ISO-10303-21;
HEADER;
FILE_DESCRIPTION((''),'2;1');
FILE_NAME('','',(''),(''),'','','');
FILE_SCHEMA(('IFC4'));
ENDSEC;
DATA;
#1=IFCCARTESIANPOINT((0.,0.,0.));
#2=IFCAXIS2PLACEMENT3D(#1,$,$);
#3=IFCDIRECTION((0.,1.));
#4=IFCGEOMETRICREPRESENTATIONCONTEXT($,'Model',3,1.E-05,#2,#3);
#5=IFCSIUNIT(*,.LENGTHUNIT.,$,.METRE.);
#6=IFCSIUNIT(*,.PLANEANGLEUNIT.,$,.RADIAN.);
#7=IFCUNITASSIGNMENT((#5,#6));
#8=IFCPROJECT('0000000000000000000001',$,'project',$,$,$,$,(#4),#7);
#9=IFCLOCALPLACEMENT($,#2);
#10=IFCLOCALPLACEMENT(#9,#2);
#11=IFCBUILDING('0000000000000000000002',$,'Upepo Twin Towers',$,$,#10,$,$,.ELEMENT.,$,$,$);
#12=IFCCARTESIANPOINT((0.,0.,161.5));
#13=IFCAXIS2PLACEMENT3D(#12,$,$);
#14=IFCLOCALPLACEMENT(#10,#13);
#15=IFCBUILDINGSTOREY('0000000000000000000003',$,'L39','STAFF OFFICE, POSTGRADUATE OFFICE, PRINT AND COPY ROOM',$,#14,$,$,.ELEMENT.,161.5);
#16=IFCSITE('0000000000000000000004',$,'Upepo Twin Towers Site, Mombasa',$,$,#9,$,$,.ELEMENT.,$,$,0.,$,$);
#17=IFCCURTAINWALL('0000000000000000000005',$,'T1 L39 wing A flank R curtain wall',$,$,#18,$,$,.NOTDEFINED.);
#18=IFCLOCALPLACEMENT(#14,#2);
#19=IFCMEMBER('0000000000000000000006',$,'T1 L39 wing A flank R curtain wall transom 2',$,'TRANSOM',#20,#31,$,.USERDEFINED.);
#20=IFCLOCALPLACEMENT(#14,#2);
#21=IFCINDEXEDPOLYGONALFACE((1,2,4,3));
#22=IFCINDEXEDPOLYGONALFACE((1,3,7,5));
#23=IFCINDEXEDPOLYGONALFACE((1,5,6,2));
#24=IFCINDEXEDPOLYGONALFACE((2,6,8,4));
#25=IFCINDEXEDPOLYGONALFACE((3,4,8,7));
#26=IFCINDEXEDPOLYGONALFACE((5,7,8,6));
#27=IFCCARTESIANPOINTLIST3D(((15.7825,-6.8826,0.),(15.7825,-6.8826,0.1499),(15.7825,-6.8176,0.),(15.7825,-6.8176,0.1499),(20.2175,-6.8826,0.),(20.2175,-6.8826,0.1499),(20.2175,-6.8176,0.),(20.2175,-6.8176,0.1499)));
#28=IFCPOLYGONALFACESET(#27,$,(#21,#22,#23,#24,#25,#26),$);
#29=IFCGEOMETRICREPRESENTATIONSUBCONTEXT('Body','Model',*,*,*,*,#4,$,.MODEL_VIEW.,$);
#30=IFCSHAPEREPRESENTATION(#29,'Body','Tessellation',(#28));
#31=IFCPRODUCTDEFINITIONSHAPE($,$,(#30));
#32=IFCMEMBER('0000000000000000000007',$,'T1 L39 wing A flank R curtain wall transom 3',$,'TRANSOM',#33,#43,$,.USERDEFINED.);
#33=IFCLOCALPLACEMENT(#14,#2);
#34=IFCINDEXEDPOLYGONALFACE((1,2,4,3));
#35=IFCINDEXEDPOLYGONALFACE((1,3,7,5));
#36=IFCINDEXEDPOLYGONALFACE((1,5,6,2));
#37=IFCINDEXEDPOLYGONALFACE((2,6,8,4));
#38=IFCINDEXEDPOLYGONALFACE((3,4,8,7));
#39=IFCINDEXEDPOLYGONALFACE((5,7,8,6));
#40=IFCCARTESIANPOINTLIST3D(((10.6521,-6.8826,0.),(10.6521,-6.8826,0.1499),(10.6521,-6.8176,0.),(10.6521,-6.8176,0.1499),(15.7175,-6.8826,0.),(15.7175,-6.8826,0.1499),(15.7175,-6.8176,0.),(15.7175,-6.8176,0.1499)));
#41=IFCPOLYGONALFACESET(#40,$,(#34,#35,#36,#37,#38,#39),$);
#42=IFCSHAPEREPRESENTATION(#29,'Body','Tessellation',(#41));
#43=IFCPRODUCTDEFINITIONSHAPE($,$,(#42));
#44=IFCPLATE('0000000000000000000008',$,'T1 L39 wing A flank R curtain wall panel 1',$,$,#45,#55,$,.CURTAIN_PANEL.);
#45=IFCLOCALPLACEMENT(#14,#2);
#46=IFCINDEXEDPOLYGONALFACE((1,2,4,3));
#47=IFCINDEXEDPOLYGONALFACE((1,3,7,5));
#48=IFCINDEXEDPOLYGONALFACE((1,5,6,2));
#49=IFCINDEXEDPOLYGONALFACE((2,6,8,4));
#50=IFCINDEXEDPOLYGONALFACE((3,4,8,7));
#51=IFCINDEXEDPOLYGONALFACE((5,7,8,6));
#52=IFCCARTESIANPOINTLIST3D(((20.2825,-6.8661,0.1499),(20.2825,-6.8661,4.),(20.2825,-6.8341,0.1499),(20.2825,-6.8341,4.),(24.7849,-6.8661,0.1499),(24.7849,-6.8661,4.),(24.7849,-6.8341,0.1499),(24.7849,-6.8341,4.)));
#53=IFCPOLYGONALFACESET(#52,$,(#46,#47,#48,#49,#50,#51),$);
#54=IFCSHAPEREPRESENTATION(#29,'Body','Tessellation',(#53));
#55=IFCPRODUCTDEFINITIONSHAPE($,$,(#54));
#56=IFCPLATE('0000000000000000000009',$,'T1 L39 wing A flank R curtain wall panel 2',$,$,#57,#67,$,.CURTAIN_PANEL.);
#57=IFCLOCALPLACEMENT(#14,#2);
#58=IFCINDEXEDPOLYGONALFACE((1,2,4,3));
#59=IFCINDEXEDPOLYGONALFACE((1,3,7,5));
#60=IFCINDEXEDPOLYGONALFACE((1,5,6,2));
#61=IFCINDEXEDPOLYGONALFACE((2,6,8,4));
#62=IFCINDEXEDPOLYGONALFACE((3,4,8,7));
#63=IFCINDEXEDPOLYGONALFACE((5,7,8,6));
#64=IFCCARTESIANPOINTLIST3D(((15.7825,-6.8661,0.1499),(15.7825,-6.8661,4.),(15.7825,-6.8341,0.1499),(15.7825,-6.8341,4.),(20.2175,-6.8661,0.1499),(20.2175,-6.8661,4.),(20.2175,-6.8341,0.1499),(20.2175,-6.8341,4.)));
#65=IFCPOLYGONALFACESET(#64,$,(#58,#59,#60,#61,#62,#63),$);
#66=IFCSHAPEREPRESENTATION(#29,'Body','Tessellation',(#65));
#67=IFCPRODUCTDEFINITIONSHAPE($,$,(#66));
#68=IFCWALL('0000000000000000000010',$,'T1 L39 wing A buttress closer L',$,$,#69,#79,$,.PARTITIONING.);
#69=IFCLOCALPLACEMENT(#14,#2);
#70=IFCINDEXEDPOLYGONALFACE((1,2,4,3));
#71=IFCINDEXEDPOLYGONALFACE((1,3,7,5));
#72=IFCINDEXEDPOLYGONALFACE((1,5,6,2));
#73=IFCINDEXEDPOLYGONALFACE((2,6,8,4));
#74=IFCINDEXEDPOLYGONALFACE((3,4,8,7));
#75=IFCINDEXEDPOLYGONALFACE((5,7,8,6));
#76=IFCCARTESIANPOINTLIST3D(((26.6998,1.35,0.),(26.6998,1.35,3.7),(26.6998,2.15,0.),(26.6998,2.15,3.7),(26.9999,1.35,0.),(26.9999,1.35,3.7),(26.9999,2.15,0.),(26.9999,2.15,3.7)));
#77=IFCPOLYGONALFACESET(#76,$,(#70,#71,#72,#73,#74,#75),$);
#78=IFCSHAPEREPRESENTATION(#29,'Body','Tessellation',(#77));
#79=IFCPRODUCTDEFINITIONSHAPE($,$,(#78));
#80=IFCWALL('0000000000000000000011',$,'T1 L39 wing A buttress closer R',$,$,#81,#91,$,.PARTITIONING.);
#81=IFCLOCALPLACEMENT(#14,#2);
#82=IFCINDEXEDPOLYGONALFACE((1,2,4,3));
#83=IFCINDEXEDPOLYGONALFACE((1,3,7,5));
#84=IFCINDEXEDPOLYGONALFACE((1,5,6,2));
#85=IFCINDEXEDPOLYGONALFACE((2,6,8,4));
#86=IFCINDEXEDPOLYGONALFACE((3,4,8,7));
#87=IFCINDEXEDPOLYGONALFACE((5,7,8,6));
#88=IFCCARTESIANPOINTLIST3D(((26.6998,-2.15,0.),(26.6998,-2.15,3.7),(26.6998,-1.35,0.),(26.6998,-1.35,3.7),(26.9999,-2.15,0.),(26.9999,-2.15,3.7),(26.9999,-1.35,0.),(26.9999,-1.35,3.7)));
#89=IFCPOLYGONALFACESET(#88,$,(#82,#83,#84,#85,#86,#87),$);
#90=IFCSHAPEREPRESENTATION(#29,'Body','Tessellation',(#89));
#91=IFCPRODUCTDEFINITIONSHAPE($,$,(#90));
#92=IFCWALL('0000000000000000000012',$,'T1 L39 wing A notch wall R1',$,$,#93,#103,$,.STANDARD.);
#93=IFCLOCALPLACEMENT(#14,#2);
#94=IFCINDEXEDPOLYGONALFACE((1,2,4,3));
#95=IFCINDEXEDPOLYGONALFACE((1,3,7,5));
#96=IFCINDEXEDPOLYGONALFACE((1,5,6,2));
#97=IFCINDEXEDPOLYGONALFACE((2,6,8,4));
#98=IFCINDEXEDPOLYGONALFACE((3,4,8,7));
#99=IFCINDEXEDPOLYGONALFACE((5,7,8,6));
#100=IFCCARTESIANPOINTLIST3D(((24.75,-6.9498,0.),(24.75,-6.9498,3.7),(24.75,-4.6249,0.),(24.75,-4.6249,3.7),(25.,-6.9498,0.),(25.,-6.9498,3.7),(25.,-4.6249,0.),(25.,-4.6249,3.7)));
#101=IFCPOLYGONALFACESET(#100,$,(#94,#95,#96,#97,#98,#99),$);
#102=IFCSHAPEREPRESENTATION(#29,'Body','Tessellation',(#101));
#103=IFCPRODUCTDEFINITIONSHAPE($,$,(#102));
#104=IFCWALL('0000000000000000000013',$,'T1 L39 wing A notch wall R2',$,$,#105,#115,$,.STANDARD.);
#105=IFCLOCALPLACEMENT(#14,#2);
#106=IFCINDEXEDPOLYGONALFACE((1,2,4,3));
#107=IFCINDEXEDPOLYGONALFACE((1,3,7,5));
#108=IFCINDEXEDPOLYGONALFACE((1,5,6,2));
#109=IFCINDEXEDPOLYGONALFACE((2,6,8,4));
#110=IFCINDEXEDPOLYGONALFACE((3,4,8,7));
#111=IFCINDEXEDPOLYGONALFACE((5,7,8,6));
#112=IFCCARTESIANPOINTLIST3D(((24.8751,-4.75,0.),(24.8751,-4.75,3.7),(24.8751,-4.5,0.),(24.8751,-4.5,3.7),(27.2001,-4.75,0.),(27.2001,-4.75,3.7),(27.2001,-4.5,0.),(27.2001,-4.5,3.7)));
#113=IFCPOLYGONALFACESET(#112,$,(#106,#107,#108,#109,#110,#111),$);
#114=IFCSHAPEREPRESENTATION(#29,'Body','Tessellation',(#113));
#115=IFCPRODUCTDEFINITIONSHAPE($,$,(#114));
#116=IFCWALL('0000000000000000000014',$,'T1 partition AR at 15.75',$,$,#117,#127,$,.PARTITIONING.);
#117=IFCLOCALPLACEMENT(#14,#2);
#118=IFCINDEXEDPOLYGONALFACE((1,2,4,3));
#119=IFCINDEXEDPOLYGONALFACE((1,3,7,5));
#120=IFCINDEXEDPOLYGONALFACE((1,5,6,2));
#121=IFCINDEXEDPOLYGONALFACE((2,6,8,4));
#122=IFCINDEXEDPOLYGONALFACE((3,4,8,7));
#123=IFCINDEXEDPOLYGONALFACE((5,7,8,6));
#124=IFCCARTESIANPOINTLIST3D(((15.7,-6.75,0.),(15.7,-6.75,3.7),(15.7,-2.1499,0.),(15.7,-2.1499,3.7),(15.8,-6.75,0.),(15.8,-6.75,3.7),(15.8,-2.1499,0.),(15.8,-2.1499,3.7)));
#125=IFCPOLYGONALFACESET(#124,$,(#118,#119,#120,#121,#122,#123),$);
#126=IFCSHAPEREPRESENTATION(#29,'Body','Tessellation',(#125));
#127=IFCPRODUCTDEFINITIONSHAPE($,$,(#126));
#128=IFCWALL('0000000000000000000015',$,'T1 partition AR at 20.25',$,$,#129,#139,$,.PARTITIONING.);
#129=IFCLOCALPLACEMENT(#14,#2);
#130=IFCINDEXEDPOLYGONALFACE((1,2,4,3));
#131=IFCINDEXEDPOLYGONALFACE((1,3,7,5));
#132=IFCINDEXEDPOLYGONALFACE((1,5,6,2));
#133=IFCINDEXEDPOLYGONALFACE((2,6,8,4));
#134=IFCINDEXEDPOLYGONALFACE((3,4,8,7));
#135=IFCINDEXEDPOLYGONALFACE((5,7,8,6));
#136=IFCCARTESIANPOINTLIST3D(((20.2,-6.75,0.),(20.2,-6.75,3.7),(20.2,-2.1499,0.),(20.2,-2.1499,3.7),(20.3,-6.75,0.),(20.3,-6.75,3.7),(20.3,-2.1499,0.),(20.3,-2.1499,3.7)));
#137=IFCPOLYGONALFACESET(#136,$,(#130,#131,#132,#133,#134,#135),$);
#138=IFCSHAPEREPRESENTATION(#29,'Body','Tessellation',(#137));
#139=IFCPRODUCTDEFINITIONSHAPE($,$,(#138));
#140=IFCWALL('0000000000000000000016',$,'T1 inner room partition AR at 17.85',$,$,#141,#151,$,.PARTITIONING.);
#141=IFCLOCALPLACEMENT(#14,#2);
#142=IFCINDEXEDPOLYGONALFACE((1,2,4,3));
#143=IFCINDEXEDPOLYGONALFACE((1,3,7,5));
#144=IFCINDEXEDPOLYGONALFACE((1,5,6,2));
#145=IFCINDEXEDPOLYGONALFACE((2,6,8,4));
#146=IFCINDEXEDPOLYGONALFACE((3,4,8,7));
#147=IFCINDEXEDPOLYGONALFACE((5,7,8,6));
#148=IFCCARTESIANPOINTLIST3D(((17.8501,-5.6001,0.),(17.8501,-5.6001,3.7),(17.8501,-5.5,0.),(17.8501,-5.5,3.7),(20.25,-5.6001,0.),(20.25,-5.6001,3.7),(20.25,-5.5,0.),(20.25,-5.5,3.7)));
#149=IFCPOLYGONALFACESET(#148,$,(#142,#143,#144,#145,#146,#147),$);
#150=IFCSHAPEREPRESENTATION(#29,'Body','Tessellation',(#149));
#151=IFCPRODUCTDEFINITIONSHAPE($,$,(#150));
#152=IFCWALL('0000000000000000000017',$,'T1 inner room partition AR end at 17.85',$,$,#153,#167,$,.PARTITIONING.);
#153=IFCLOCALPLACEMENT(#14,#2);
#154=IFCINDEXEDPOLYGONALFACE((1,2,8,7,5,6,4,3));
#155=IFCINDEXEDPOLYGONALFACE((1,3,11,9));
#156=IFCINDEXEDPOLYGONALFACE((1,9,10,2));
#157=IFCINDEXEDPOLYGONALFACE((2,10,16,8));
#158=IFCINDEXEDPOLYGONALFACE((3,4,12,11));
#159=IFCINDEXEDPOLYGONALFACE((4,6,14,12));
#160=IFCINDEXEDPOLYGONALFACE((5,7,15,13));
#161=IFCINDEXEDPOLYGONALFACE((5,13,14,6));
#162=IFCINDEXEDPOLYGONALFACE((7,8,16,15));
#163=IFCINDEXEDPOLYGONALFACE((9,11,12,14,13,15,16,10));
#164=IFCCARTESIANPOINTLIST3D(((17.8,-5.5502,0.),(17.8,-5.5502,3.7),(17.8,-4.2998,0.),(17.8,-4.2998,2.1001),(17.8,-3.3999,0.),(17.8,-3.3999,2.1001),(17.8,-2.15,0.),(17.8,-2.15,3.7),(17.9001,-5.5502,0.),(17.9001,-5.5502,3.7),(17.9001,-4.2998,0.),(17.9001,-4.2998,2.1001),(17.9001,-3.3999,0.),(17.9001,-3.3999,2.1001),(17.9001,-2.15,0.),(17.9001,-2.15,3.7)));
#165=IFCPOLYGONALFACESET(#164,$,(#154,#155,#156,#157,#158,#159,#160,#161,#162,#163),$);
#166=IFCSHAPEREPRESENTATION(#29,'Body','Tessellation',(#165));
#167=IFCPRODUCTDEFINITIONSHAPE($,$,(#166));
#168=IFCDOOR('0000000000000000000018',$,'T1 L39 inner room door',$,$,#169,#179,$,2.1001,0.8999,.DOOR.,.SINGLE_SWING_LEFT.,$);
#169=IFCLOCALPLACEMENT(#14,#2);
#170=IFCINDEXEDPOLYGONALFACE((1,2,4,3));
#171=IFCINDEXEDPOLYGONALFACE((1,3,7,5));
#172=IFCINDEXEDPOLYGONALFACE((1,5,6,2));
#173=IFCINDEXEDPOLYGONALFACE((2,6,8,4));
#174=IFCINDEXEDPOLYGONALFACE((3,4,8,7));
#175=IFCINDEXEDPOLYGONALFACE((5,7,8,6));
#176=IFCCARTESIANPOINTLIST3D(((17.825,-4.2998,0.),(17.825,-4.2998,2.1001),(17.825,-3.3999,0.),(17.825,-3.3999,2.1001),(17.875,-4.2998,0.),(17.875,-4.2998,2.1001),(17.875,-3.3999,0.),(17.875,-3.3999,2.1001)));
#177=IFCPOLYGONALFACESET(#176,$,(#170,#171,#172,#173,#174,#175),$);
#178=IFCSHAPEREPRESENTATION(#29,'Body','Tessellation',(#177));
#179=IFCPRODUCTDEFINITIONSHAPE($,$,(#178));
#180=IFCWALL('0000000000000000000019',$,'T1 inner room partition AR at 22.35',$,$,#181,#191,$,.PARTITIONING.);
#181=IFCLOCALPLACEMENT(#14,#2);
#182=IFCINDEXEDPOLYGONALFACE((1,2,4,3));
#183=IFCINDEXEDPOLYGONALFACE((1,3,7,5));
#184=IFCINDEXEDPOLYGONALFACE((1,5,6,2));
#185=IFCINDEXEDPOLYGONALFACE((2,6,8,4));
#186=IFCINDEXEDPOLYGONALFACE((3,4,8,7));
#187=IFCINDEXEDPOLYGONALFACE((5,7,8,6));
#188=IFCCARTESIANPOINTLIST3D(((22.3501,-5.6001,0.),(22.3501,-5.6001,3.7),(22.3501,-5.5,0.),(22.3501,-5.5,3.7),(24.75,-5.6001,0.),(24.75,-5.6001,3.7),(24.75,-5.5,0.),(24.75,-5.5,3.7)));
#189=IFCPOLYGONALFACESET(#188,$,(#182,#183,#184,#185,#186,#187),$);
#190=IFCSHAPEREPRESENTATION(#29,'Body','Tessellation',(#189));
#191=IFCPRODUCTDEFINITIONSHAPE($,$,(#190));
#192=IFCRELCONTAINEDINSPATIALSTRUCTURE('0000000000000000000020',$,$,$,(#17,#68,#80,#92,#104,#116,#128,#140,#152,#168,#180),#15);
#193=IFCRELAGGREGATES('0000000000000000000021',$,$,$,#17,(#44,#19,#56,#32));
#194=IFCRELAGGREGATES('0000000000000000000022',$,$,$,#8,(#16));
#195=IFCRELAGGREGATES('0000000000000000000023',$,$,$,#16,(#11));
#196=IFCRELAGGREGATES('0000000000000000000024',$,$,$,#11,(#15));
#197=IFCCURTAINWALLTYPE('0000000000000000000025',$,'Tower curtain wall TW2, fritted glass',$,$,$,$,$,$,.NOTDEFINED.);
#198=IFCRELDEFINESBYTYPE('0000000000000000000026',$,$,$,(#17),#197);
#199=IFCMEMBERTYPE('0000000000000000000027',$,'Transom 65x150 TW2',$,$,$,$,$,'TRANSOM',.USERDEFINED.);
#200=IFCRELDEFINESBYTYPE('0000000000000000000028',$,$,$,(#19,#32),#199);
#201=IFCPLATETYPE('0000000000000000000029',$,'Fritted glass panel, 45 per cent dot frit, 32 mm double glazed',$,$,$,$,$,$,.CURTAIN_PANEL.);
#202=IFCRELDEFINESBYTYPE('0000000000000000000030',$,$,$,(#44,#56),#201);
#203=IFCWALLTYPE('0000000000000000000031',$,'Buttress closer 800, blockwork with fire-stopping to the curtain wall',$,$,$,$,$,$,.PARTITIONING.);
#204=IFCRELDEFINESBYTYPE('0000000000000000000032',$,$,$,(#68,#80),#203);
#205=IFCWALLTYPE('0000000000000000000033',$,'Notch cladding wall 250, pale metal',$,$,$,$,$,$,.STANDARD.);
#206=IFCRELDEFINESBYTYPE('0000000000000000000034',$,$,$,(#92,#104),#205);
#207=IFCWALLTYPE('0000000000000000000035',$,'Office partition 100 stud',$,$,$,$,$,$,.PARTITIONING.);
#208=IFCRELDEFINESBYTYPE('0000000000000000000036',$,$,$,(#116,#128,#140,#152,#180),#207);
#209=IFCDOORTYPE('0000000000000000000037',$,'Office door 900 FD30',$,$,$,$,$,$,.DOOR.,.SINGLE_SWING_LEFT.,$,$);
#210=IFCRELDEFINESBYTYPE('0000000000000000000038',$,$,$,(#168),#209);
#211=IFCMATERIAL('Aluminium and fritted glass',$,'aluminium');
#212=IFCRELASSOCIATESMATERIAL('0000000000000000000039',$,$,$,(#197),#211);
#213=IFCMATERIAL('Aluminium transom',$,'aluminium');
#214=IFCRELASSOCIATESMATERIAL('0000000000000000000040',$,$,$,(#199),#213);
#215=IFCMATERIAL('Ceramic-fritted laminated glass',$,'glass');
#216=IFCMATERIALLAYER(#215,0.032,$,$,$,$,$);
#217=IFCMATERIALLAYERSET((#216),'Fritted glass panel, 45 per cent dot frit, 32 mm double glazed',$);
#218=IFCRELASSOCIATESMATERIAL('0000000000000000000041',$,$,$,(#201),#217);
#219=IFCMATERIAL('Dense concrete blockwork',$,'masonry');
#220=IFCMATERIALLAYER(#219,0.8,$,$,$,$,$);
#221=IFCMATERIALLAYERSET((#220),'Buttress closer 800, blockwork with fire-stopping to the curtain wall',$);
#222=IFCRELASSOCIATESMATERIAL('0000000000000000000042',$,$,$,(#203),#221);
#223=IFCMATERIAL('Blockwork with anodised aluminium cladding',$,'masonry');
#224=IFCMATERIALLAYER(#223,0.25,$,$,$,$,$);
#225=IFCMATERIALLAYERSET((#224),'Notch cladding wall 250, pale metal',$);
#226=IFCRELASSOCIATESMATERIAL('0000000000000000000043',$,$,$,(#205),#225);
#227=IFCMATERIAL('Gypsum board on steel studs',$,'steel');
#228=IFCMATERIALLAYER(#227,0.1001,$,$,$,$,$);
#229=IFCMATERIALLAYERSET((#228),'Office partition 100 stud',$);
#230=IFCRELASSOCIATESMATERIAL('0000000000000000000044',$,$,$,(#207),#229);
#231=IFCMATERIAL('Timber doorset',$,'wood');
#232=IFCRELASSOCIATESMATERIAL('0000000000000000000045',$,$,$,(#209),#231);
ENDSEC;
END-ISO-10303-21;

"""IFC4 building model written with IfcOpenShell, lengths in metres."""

from ifc_helpers import new_model, si_unit, direction, frame, frame_2d, origin, origin_2d, place, context, subcontext, project, spatial, rectangle, extrude, material, layer, layer_set, material_profile, profile_set, type_object, element, fill, aggregate, save


model = new_model("IFC4")

# Units and contexts
model_context = context("Model", 3, precision=1e-05, world=origin(), true_north=direction((0.0, 1.0)))
body_context = subcontext(model_context, "Body", "Model", "MODEL_VIEW")
ifc_project = project(units=[si_unit("LENGTHUNIT", "METRE"), si_unit("PLANEANGLEUNIT", "RADIAN")], contexts=[model_context])

# Site, building, storey
site_placement = place(None, origin())
site = spatial("IfcSite", under=ifc_project, at=site_placement, Name="Upepo Twin Towers Site, Mombasa", CompositionType="ELEMENT", RefElevation=0.0)
building_placement = place(site_placement, origin())
building = spatial("IfcBuilding", under=site, at=building_placement, Name="Upepo Twin Towers", CompositionType="ELEMENT")
storey_placement = place(building_placement, frame((0.0, 0.0, 161.5)))
storey = spatial("IfcBuildingStorey", under=building, at=storey_placement, Name="L39", Description="STAFF OFFICE, POSTGRADUATE OFFICE, PRINT AND COPY ROOM", CompositionType="ELEMENT", Elevation=161.5)

# Curtain wall
ifc_material_1 = material(Name="Aluminium and fritted glass", Category="aluminium")
curtain_wall_type = type_object("IfcCurtainWallType", Name="Tower curtain wall TW2, fritted glass", PredefinedType="NOTDEFINED", material=ifc_material_1)
curtain_wall_1_placement = place(storey_placement, origin())
curtain_wall_1 = element("IfcCurtainWall", 1, at=curtain_wall_1_placement, inside=storey, type_object=curtain_wall_type, Name="T1 L39 wing A flank R curtain wall", PredefinedType="NOTDEFINED")

# Members
ifc_material_2 = material(Name="Aluminium transom", Category="aluminium")
ifc_material_profile_1 = material_profile(ifc_material_2, rectangle(XDim=0.0649, YDim=0.1499, at=origin_2d()), Name="TRANSOM 65x150")
ifc_profile_set_1 = profile_set([ifc_material_profile_1], Name="Aluminium transom")
member_type_1 = type_object("IfcMemberType", Name="Transom 65x150 TW2", ElementType="TRANSOM", PredefinedType="USERDEFINED", material=ifc_profile_set_1)
member_1_placement = place(storey_placement, frame((20.2175, -6.8501, 0.075), z_axis=(-1.0, 0.0, 0.0), x_axis=(0.0, -1.0, 0.0)))
member_1 = element("IfcMember", 2, at=member_1_placement, type_object=member_type_1, Name="T1 L39 wing A flank R curtain wall transom 2", ObjectType="TRANSOM", PredefinedType="USERDEFINED", context=body_context, shape_type="SweptSolid", body=[
    extrude(rectangle(XDim=0.0649, YDim=0.1499, at=origin_2d()), origin(), (0.0, 0.0, 1.0), 4.4351),
])
member_2_placement = place(storey_placement, frame((15.7175, -6.8501, 0.075), z_axis=(-1.0, 0.0, 0.0), x_axis=(0.0, -1.0, 0.0)))
member_2 = element("IfcMember", 3, at=member_2_placement, type_object=member_type_1, Name="T1 L39 wing A flank R curtain wall transom 3", ObjectType="TRANSOM", PredefinedType="USERDEFINED", context=body_context, shape_type="SweptSolid", body=[
    extrude(rectangle(XDim=0.0649, YDim=0.1499, at=origin_2d()), origin(), (0.0, 0.0, 1.0), 5.0654),
])

# Plates
ifc_material_3 = material(Name="Ceramic-fritted laminated glass", Category="glass")
ifc_layer_1 = layer(ifc_material_3, 0.032)
ifc_layer_set_1 = layer_set([ifc_layer_1], Name="Fritted glass panel, 45 per cent dot frit, 32 mm double glazed")
plate_type = type_object("IfcPlateType", Name="Fritted glass panel, 45 per cent dot frit, 32 mm double glazed", PredefinedType="CURTAIN_PANEL", material=ifc_layer_set_1)
plate_1_placement = place(storey_placement, frame((22.5337, -6.8501, 0.1499), z_axis=(0.0, 0.0, 1.0), x_axis=(-1.0, 0.0, 0.0)))
plate_1 = element("IfcPlate", 4, at=plate_1_placement, type_object=plate_type, Name="T1 L39 wing A flank R curtain wall panel 1", PredefinedType="CURTAIN_PANEL", context=body_context, shape_type="SweptSolid", body=[
    extrude(rectangle(XDim=4.5024, YDim=0.032, at=origin_2d()), origin(), (0.0, 0.0, 1.0), 3.8501),
])
plate_2_placement = place(storey_placement, frame((18.0, -6.8501, 0.1499), z_axis=(0.0, 0.0, 1.0), x_axis=(-1.0, 0.0, 0.0)))
plate_2 = element("IfcPlate", 5, at=plate_2_placement, type_object=plate_type, Name="T1 L39 wing A flank R curtain wall panel 2", PredefinedType="CURTAIN_PANEL", context=body_context, shape_type="SweptSolid", body=[
    extrude(rectangle(XDim=4.4351, YDim=0.032, at=origin_2d()), origin(), (0.0, 0.0, 1.0), 3.8501),
])
aggregate(curtain_wall_1, [plate_1, member_1, plate_2, member_2])

# Walls
ifc_material_4 = material(Name="Dense concrete blockwork", Category="masonry")
ifc_layer_2 = layer(ifc_material_4, 0.8)
ifc_layer_set_2 = layer_set([ifc_layer_2], Name="Buttress closer 800, blockwork with fire-stopping to the curtain wall")
wall_type_1 = type_object("IfcWallType", Name="Buttress closer 800, blockwork with fire-stopping to the curtain wall", PredefinedType="PARTITIONING", material=ifc_layer_set_2)
for number, where, z_axis, x_axis, name in (
    (6, (26.7, 1.75, 0.0), (0.0, 0.0, 1.0), (1.0, 0.0, 0.0), "T1 L39 wing A buttress closer L"),
    (7, (26.7, -1.75, 0.0), (0.0, 0.0, 1.0), (1.0, 0.0, 0.0), "T1 L39 wing A buttress closer R"),
):
    element("IfcWall", number, at=place(storey_placement, frame(where, z_axis=z_axis, x_axis=x_axis)), inside=storey, type_object=wall_type_1, Name=name, PredefinedType="PARTITIONING", context=body_context, shape_type="SweptSolid", body=[
        extrude(rectangle(XDim=0.3, YDim=0.8, at=frame_2d((0.1499, 0.0))), origin(), (0.0, 0.0, 1.0), 3.7),
    ])
ifc_material_5 = material(Name="Blockwork with anodised aluminium cladding", Category="masonry")
ifc_layer_3 = layer(ifc_material_5, 0.25)
ifc_layer_set_3 = layer_set([ifc_layer_3], Name="Notch cladding wall 250, pale metal")
wall_type_2 = type_object("IfcWallType", Name="Notch cladding wall 250, pale metal", PredefinedType="STANDARD", material=ifc_layer_set_3)
for number, where, z_axis, x_axis, name in (
    (8, (24.875, -6.95, 0.0), (0.0, 0.0, 1.0), (0.0, 1.0, 0.0), "T1 L39 wing A notch wall R1"),
    (9, (24.875, -4.625, 0.0), (0.0, 0.0, 1.0), (1.0, 0.0, 0.0), "T1 L39 wing A notch wall R2"),
):
    element("IfcWall", number, at=place(storey_placement, frame(where, z_axis=z_axis, x_axis=x_axis)), inside=storey, type_object=wall_type_2, Name=name, PredefinedType="STANDARD", context=body_context, shape_type="SweptSolid", body=[
        extrude(rectangle(XDim=2.325, YDim=0.25, at=frame_2d((1.1626, 0.0))), origin(), (0.0, 0.0, 1.0), 3.7),
    ])
ifc_material_6 = material(Name="Gypsum board on steel studs", Category="steel")
ifc_layer_4 = layer(ifc_material_6, 0.1001)
ifc_layer_set_4 = layer_set([ifc_layer_4], Name="Office partition 100 stud")
wall_type_3 = type_object("IfcWallType", Name="Office partition 100 stud", PredefinedType="PARTITIONING", material=ifc_layer_set_4)
for number, where, z_axis, x_axis, name in (
    (10, (15.75, -2.1499, 0.0), (0.0, 0.0, 1.0), (0.0, -1.0, 0.0), "T1 partition AR at 15.75"),
    (11, (20.25, -2.1499, 0.0), (0.0, 0.0, 1.0), (0.0, -1.0, 0.0), "T1 partition AR at 20.25"),
):
    element("IfcWall", number, at=place(storey_placement, frame(where, z_axis=z_axis, x_axis=x_axis)), inside=storey, type_object=wall_type_3, Name=name, PredefinedType="PARTITIONING", context=body_context, shape_type="SweptSolid", body=[
        extrude(rectangle(XDim=4.6001, YDim=0.1001, at=frame_2d((2.3, 0.0))), origin(), (0.0, 0.0, 1.0), 3.7),
    ])
wall_1_placement = place(storey_placement, frame((17.8501, -5.55, 0.0), z_axis=(0.0, 0.0, 1.0), x_axis=(1.0, 0.0, 0.0)))
element("IfcWall", 12, at=wall_1_placement, inside=storey, type_object=wall_type_3, Name="T1 inner room partition AR at 17.85", PredefinedType="PARTITIONING", context=body_context, shape_type="SweptSolid", body=[
    extrude(rectangle(XDim=2.3999, YDim=0.1001, at=frame_2d((1.2, 0.0))), origin(), (0.0, 0.0, 1.0), 3.7),
])

# Wall, opening, door
wall_2_placement = place(storey_placement, frame((17.8501, -2.1499, 0.0), z_axis=(0.0, 0.0, 1.0), x_axis=(0.0, -1.0, 0.0)))
wall_2 = element("IfcWall", 13, at=wall_2_placement, inside=storey, type_object=wall_type_3, Name="T1 inner room partition AR end at 17.85", PredefinedType="PARTITIONING", context=body_context, shape_type="SweptSolid", body=[
    extrude(rectangle(XDim=3.4001, YDim=0.1001, at=frame_2d((1.7002, 0.0))), origin(), (0.0, 0.0, 1.0), 3.7),
])
opening_1_placement = place(wall_2_placement, frame((1.25, 0.0, 0.0)))
opening_1 = element("IfcOpeningElement", 14, at=opening_1_placement, cuts=wall_2, PredefinedType="OPENING", context=body_context, shape_type="SweptSolid", body=[
    extrude(rectangle(XDim=0.8999, YDim=2.1001, at=frame_2d((0.45, 1.05))), frame((0.0, 0.0601, 0.0), z_axis=(0.0, -1.0, 0.0), x_axis=(1.0, 0.0, 0.0)), (0.0, 0.0, 1.0), 0.1201),
])
ifc_material_7 = material(Name="Timber doorset", Category="wood")
door_type_1 = type_object("IfcDoorType", Name="Office door 900 FD30", OperationType="SINGLE_SWING_LEFT", PredefinedType="DOOR", material=ifc_material_7)
door_1_placement = place(opening_1_placement, origin())
door_1 = element("IfcDoor", 15, at=door_1_placement, inside=storey, type_object=door_type_1, Name="T1 L39 inner room door", OperationType="SINGLE_SWING_LEFT", OverallHeight=2.1001, OverallWidth=0.8999, PredefinedType="DOOR", context=body_context, shape_type="SweptSolid", body=[
    extrude(rectangle(XDim=0.8999, YDim=2.1001, at=frame_2d((0.45, 1.05))), frame((0.0, 0.0249, 0.0), z_axis=(0.0, -1.0, 0.0), x_axis=(1.0, 0.0, 0.0)), (0.0, 0.0, 1.0), 0.05),
])
fill(opening_1, door_1)

# Wall
wall_3_placement = place(storey_placement, frame((22.3501, -5.55, 0.0), z_axis=(0.0, 0.0, 1.0), x_axis=(1.0, 0.0, 0.0)))
element("IfcWall", 16, at=wall_3_placement, inside=storey, type_object=wall_type_3, Name="T1 inner room partition AR at 22.35", PredefinedType="PARTITIONING", context=body_context, shape_type="SweptSolid", body=[
    extrude(rectangle(XDim=2.3999, YDim=0.1001, at=frame_2d((1.2, 0.0))), origin(), (0.0, 0.0, 1.0), 3.7),
])

save(model, "model.ifc")
